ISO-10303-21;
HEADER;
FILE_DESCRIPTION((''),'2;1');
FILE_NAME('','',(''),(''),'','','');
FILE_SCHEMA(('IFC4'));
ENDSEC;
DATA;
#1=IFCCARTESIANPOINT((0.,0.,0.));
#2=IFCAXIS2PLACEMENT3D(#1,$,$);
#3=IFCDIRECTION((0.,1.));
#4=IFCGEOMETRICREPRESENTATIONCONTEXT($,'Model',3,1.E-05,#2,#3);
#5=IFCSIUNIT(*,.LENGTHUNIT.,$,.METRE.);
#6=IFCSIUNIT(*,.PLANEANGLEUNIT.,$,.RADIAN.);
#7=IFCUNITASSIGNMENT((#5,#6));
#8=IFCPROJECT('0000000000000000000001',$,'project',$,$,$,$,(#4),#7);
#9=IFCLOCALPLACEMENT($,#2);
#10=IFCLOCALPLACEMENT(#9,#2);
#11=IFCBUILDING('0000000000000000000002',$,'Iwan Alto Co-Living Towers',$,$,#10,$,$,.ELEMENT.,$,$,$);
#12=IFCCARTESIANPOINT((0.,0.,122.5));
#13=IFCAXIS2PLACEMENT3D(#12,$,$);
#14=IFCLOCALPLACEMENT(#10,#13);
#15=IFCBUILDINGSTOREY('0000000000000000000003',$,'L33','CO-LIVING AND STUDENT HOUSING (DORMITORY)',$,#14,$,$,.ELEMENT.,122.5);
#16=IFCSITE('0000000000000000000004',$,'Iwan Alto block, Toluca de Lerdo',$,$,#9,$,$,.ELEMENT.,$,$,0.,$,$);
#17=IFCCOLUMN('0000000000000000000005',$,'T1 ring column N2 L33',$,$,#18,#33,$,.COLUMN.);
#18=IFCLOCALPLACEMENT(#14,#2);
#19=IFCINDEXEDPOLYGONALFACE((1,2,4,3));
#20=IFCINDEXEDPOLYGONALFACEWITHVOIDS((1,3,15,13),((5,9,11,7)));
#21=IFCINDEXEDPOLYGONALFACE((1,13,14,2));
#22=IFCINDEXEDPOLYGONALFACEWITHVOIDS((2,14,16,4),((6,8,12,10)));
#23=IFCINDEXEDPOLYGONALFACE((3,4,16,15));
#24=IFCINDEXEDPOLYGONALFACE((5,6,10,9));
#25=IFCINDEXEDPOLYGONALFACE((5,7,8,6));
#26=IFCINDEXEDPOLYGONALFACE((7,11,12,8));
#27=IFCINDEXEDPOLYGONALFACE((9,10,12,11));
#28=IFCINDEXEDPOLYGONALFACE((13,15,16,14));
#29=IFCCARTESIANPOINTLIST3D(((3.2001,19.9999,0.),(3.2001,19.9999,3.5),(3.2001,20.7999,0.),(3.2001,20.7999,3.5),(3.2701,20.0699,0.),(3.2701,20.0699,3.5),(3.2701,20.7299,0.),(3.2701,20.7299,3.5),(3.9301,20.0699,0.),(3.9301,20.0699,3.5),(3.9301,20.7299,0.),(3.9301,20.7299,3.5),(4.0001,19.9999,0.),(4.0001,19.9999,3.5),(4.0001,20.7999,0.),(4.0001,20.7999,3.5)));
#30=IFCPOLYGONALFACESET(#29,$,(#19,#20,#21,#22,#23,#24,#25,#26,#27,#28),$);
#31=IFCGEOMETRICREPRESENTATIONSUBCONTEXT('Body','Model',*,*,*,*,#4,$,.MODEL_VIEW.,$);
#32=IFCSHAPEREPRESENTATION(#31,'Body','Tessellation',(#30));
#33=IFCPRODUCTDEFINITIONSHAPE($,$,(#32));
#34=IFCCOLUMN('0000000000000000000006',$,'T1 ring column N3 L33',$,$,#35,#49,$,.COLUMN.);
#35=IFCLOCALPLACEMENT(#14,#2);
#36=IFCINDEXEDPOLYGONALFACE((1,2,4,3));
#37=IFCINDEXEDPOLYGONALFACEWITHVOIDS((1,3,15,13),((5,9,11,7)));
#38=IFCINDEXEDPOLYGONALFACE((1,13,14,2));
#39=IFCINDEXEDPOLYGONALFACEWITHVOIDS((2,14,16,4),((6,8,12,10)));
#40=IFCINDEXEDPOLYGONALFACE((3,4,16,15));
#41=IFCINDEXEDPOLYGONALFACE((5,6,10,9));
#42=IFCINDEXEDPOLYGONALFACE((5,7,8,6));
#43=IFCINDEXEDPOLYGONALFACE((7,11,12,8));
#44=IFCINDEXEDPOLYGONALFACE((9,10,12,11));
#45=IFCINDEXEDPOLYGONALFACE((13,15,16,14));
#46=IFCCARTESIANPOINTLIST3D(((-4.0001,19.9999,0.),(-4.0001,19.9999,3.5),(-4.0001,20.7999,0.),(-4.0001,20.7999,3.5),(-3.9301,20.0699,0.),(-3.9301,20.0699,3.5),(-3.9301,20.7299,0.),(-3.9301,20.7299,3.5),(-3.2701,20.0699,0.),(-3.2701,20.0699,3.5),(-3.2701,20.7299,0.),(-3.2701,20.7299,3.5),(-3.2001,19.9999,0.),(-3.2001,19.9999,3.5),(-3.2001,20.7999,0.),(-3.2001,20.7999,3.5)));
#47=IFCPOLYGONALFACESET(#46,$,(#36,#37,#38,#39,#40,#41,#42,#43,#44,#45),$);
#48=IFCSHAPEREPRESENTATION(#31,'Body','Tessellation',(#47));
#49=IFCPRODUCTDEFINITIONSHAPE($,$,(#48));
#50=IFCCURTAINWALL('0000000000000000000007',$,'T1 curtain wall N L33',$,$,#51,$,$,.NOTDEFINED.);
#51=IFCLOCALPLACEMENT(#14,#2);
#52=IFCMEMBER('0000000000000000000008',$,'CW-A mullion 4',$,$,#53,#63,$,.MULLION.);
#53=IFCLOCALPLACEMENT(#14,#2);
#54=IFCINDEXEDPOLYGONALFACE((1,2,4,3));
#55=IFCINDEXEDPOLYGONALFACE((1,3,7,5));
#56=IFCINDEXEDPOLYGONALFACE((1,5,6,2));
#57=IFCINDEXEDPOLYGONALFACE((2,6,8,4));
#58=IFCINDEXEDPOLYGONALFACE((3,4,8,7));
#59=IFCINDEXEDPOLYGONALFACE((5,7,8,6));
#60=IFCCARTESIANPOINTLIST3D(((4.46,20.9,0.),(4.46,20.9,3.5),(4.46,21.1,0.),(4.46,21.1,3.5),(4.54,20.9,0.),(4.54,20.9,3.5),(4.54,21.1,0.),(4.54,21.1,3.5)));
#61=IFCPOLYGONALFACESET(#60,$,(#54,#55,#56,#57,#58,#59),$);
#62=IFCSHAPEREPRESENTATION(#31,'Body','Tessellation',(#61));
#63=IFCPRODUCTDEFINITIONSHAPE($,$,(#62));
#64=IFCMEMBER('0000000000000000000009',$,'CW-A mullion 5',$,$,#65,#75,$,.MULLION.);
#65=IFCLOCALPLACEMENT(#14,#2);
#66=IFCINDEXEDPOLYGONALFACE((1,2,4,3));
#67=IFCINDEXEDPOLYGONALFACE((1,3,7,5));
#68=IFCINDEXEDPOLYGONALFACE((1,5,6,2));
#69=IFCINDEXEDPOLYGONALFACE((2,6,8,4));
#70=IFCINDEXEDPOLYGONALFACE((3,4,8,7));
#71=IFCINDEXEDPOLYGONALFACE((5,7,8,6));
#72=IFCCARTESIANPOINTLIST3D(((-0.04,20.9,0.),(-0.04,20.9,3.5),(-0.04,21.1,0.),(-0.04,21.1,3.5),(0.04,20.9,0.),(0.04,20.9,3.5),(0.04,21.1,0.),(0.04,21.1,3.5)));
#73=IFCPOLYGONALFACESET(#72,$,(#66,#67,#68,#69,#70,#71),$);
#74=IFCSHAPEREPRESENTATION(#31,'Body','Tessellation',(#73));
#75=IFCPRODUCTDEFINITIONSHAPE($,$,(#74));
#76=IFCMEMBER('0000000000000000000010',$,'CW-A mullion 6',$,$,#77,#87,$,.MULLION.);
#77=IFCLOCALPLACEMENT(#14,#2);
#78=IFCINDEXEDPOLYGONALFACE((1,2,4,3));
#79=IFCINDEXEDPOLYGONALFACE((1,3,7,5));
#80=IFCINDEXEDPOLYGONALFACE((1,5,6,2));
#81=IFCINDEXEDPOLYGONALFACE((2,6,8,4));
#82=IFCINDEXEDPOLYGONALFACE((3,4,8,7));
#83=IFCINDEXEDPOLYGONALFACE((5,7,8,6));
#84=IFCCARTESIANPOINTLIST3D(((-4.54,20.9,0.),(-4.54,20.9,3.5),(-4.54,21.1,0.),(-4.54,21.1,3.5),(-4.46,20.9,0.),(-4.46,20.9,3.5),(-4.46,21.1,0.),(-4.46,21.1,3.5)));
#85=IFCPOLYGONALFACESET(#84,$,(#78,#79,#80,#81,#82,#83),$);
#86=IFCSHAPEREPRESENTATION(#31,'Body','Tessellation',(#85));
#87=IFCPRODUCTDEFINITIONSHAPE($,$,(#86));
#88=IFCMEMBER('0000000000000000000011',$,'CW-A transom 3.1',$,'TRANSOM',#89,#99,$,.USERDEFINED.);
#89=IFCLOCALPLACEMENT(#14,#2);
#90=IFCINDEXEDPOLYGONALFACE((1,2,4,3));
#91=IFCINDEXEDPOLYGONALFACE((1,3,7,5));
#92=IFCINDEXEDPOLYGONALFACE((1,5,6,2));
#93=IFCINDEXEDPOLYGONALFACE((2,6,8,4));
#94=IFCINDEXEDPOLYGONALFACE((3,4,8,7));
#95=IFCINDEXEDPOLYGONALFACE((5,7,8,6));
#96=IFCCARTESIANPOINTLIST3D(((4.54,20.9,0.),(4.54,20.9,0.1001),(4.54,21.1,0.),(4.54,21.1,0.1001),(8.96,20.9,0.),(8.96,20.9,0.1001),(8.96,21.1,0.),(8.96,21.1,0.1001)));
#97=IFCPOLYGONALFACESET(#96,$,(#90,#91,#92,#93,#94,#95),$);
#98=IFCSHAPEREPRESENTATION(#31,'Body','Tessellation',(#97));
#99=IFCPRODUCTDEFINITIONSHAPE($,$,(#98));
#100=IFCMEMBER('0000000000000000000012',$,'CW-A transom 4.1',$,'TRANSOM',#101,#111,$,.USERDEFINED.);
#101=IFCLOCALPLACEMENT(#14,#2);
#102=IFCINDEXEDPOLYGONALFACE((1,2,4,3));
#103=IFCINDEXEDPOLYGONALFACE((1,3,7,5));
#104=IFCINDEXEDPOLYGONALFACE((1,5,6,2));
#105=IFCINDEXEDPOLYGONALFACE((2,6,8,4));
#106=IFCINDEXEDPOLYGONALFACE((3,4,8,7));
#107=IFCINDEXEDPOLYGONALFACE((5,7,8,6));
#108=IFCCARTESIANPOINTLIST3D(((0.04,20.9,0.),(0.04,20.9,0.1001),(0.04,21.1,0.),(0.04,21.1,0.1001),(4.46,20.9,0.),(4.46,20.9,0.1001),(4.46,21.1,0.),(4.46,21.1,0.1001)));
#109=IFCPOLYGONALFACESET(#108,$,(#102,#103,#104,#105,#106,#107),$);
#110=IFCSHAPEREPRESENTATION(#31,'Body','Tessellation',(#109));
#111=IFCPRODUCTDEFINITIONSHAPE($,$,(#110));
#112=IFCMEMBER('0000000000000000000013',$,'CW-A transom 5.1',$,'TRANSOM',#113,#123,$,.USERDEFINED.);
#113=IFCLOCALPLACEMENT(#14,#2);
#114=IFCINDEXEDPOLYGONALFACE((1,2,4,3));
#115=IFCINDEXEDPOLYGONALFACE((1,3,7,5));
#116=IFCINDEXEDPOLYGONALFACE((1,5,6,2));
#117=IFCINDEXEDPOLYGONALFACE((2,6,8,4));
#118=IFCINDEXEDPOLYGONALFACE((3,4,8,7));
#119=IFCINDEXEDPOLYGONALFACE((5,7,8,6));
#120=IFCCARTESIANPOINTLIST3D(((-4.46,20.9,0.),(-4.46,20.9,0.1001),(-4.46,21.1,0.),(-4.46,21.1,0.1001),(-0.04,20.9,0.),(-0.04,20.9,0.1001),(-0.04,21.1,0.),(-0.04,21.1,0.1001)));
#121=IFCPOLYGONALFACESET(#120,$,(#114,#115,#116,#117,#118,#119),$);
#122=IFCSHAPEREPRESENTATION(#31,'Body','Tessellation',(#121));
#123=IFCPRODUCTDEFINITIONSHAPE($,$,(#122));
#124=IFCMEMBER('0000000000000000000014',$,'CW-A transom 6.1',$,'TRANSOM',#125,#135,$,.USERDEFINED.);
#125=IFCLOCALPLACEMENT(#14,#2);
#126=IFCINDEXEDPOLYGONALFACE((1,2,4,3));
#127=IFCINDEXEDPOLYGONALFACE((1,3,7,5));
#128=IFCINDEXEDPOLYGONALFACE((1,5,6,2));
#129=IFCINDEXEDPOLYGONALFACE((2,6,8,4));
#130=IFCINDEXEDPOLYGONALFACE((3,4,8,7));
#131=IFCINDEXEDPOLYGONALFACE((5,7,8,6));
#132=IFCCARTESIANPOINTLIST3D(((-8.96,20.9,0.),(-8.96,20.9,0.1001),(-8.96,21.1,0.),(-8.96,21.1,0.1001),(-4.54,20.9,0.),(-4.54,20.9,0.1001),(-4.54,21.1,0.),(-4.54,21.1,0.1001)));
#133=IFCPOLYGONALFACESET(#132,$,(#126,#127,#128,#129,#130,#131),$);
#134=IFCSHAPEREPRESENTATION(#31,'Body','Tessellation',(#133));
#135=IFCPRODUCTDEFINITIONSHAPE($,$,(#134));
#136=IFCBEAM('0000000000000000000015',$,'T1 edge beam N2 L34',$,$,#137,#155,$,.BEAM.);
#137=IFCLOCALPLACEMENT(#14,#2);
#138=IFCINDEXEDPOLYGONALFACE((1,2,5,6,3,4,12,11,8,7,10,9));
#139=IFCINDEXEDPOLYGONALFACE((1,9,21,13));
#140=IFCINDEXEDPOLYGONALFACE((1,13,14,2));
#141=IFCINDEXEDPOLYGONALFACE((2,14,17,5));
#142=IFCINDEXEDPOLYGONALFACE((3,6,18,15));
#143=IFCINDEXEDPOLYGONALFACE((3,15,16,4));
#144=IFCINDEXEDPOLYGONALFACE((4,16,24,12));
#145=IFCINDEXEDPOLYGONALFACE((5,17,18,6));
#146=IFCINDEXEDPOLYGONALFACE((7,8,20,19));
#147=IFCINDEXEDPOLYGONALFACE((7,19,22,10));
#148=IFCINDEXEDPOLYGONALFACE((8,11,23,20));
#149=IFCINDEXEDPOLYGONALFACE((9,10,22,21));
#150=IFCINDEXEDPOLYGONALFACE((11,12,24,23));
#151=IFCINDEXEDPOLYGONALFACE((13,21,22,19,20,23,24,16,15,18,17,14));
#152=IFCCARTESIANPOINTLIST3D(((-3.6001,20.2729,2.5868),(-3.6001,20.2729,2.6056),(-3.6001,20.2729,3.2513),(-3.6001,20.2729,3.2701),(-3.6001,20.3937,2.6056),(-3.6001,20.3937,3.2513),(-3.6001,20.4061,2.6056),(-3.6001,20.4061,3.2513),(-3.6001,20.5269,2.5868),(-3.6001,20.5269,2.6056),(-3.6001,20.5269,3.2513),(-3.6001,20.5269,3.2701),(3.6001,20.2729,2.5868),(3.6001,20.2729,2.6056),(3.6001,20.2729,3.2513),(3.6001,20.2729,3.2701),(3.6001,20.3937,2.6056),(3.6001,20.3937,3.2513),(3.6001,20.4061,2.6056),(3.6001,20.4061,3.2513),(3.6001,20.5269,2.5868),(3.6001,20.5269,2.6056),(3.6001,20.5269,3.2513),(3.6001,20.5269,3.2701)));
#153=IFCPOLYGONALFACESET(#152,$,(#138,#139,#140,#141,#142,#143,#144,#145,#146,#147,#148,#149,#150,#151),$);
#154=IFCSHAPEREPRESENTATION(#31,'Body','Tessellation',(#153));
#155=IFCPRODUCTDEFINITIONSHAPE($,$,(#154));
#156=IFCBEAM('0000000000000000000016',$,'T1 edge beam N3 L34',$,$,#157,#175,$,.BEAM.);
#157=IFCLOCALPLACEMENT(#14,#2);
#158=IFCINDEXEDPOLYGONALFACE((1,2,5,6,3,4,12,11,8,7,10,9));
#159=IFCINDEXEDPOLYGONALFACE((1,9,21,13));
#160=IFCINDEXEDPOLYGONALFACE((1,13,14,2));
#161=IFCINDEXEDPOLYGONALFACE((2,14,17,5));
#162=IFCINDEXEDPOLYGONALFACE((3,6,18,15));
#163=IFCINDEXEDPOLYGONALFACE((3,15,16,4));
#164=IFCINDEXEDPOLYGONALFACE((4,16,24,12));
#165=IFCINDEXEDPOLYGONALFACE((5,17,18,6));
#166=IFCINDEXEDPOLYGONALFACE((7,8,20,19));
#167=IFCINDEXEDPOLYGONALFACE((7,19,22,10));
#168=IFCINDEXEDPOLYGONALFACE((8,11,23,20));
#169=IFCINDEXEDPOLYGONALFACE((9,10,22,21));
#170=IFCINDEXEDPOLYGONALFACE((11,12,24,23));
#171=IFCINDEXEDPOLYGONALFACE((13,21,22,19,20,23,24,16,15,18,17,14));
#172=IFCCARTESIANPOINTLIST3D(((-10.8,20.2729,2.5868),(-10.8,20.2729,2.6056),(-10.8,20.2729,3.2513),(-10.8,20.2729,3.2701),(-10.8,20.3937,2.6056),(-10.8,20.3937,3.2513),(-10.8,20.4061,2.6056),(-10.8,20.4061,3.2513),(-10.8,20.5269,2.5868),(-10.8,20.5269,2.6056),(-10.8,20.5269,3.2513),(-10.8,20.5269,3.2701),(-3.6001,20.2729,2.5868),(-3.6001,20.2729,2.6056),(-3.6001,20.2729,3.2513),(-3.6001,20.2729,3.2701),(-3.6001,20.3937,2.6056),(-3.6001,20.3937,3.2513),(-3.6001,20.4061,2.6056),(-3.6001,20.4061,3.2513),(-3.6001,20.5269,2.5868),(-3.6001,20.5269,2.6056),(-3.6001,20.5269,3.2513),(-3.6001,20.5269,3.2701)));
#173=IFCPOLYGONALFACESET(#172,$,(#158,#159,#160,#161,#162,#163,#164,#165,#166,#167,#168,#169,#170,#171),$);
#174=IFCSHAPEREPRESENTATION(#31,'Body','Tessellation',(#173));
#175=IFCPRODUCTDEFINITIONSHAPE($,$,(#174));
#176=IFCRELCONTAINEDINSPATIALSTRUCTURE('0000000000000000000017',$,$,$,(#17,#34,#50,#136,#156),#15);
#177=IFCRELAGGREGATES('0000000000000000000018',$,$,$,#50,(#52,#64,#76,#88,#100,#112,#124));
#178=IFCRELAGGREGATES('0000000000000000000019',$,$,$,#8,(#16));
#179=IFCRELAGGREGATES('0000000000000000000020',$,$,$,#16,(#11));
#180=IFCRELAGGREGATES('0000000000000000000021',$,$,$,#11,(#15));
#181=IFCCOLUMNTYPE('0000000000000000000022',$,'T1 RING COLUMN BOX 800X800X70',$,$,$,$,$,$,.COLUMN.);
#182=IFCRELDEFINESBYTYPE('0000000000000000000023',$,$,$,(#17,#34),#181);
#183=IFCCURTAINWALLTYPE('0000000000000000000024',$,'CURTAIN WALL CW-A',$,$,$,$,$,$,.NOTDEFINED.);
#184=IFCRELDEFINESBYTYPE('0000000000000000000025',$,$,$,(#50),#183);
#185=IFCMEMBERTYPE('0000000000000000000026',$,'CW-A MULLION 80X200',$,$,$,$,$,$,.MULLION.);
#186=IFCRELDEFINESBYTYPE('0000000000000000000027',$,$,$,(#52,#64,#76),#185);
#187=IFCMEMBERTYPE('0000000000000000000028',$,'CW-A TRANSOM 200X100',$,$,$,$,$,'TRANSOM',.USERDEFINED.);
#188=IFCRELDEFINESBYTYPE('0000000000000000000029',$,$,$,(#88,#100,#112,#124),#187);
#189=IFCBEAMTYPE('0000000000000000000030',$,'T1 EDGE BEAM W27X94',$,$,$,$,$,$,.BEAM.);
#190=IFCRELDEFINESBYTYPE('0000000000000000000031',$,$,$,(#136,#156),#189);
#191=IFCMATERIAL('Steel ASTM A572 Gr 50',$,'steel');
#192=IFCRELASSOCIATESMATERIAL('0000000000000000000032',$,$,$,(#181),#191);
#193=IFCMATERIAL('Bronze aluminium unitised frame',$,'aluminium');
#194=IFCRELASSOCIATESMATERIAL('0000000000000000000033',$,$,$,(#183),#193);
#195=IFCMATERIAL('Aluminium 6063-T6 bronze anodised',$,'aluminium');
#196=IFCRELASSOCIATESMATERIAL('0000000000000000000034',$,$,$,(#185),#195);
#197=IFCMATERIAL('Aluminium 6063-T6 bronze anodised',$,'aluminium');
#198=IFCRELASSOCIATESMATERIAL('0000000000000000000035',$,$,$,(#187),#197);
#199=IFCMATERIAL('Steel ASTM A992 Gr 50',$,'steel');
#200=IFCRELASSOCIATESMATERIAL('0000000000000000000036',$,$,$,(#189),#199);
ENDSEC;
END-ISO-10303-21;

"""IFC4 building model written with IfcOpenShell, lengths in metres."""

from ifc_helpers import new_model, si_unit, direction, frame, origin, origin_2d, place, context, subcontext, project, spatial, rectangle, hollow_rectangle, i_section, extrude, material, material_profile, profile_set, type_object, element, aggregate, save


model = new_model("IFC4")

# Units and contexts
model_context = context("Model", 3, precision=1e-05, world=origin(), true_north=direction((0.0, 1.0)))
body_context = subcontext(model_context, "Body", "Model", "MODEL_VIEW")
ifc_project = project(units=[si_unit("LENGTHUNIT", "METRE"), si_unit("PLANEANGLEUNIT", "RADIAN")], contexts=[model_context])

# Site, building, storey
site_placement = place(None, origin())
site = spatial("IfcSite", under=ifc_project, at=site_placement, Name="Iwan Alto block, Toluca de Lerdo", CompositionType="ELEMENT", RefElevation=0.0)
building_placement = place(site_placement, origin())
building = spatial("IfcBuilding", under=site, at=building_placement, Name="Iwan Alto Co-Living Towers", CompositionType="ELEMENT")
storey_placement = place(building_placement, frame((0.0, 0.0, 122.5)))
storey = spatial("IfcBuildingStorey", under=building, at=storey_placement, Name="L33", Description="CO-LIVING AND STUDENT HOUSING (DORMITORY)", CompositionType="ELEMENT", Elevation=122.5)

# Columns
ifc_material_1 = material(Name="Steel ASTM A572 Gr 50", Category="steel")
ifc_material_profile_1 = material_profile(ifc_material_1, hollow_rectangle(XDim=0.8, YDim=0.8, WallThickness=0.0701, at=origin_2d()), Name="BOX 800X800X70")
ifc_profile_set_1 = profile_set([ifc_material_profile_1], Name="Steel ASTM A572 Gr 50")
column_type = type_object("IfcColumnType", Name="T1 RING COLUMN BOX 800X800X70", PredefinedType="COLUMN", material=ifc_profile_set_1)
for number, where, z_axis, x_axis, name in (
    (1, (3.6001, 20.3999, 0.0), (0.0, 0.0, 1.0), (1.0, 0.0, 0.0), "T1 ring column N2 L33"),
    (2, (-3.6001, 20.3999, 0.0), (0.0, 0.0, 1.0), (1.0, 0.0, 0.0), "T1 ring column N3 L33"),
):
    element("IfcColumn", number, at=place(storey_placement, frame(where, z_axis=z_axis, x_axis=x_axis)), inside=storey, type_object=column_type, Name=name, PredefinedType="COLUMN", context=body_context, shape_type="SweptSolid", body=[
        extrude(hollow_rectangle(XDim=0.8, YDim=0.8, WallThickness=0.0701, at=origin_2d()), origin(), (0.0, 0.0, 1.0), 3.5),
    ])

# Curtain wall, members
ifc_material_2 = material(Name="Bronze aluminium unitised frame", Category="aluminium")
curtain_wall_type = type_object("IfcCurtainWallType", Name="CURTAIN WALL CW-A", PredefinedType="NOTDEFINED", material=ifc_material_2)
curtain_wall_placement = place(storey_placement, origin())
curtain_wall = element("IfcCurtainWall", 3, at=curtain_wall_placement, inside=storey, type_object=curtain_wall_type, Name="T1 curtain wall N L33", PredefinedType="NOTDEFINED")
ifc_material_3 = material(Name="Aluminium 6063-T6 bronze anodised", Category="aluminium")
ifc_material_profile_2 = material_profile(ifc_material_3, rectangle(XDim=0.2, YDim=0.0801, at=origin_2d()), Name="AL 80X200")
ifc_profile_set_2 = profile_set([ifc_material_profile_2], Name="Aluminium 6063-T6 bronze anodised")
member_type_1 = type_object("IfcMemberType", Name="CW-A MULLION 80X200", PredefinedType="MULLION", material=ifc_profile_set_2)
member_1_placement = place(storey_placement, frame((4.5, 21.0, 0.0), z_axis=(0.0, 0.0, 1.0), x_axis=(0.0, -1.0, 0.0)))
member_1 = element("IfcMember", 4, at=member_1_placement, type_object=member_type_1, Name="CW-A mullion 4", PredefinedType="MULLION", context=body_context, shape_type="SweptSolid", body=[
    extrude(rectangle(XDim=0.2, YDim=0.0801, at=origin_2d()), origin(), (0.0, 0.0, 1.0), 3.5),
])
member_2_placement = place(storey_placement, frame((0.0, 21.0, 0.0), z_axis=(0.0, 0.0, 1.0), x_axis=(0.0, -1.0, 0.0)))
member_2 = element("IfcMember", 5, at=member_2_placement, type_object=member_type_1, Name="CW-A mullion 5", PredefinedType="MULLION", context=body_context, shape_type="SweptSolid", body=[
    extrude(rectangle(XDim=0.2, YDim=0.0801, at=origin_2d()), origin(), (0.0, 0.0, 1.0), 3.5),
])
member_3_placement = place(storey_placement, frame((-4.5, 21.0, 0.0), z_axis=(0.0, 0.0, 1.0), x_axis=(0.0, -1.0, 0.0)))
member_3 = element("IfcMember", 6, at=member_3_placement, type_object=member_type_1, Name="CW-A mullion 6", PredefinedType="MULLION", context=body_context, shape_type="SweptSolid", body=[
    extrude(rectangle(XDim=0.2, YDim=0.0801, at=origin_2d()), origin(), (0.0, 0.0, 1.0), 3.5),
])
ifc_material_4 = material(Name="Aluminium 6063-T6 bronze anodised", Category="aluminium")
ifc_material_profile_3 = material_profile(ifc_material_4, rectangle(XDim=0.2, YDim=0.1001, at=origin_2d()), Name="AL 200X100")
ifc_profile_set_3 = profile_set([ifc_material_profile_3], Name="Aluminium 6063-T6 bronze anodised")
member_type_2 = type_object("IfcMemberType", Name="CW-A TRANSOM 200X100", ElementType="TRANSOM", PredefinedType="USERDEFINED", material=ifc_profile_set_3)
member_4_placement = place(storey_placement, frame((8.96, 21.0, 0.05), z_axis=(-1.0, 0.0, 0.0), x_axis=(0.0, -1.0, 0.0)))
member_4 = element("IfcMember", 7, at=member_4_placement, type_object=member_type_2, Name="CW-A transom 3.1", ObjectType="TRANSOM", PredefinedType="USERDEFINED", context=body_context, shape_type="SweptSolid", body=[
    extrude(rectangle(XDim=0.2, YDim=0.1001, at=origin_2d()), origin(), (0.0, 0.0, 1.0), 4.4199),
])
member_5_placement = place(storey_placement, frame((4.46, 21.0, 0.05), z_axis=(-1.0, 0.0, 0.0), x_axis=(0.0, -1.0, 0.0)))
member_5 = element("IfcMember", 8, at=member_5_placement, type_object=member_type_2, Name="CW-A transom 4.1", ObjectType="TRANSOM", PredefinedType="USERDEFINED", context=body_context, shape_type="SweptSolid", body=[
    extrude(rectangle(XDim=0.2, YDim=0.1001, at=origin_2d()), origin(), (0.0, 0.0, 1.0), 4.4199),
])
member_6_placement = place(storey_placement, frame((-0.04, 21.0, 0.05), z_axis=(-1.0, 0.0, 0.0), x_axis=(0.0, -1.0, 0.0)))
member_6 = element("IfcMember", 9, at=member_6_placement, type_object=member_type_2, Name="CW-A transom 5.1", ObjectType="TRANSOM", PredefinedType="USERDEFINED", context=body_context, shape_type="SweptSolid", body=[
    extrude(rectangle(XDim=0.2, YDim=0.1001, at=origin_2d()), origin(), (0.0, 0.0, 1.0), 4.4199),
])
member_7_placement = place(storey_placement, frame((-4.54, 21.0, 0.05), z_axis=(-1.0, 0.0, 0.0), x_axis=(0.0, -1.0, 0.0)))
member_7 = element("IfcMember", 10, at=member_7_placement, type_object=member_type_2, Name="CW-A transom 6.1", ObjectType="TRANSOM", PredefinedType="USERDEFINED", context=body_context, shape_type="SweptSolid", body=[
    extrude(rectangle(XDim=0.2, YDim=0.1001, at=origin_2d()), origin(), (0.0, 0.0, 1.0), 4.4199),
])

# Beams
ifc_material_5 = material(Name="Steel ASTM A992 Gr 50", Category="steel")
ifc_material_profile_4 = material_profile(ifc_material_5, i_section(OverallWidth=0.2539, OverallDepth=0.6833, WebThickness=0.0125, FlangeThickness=0.0188, at=origin_2d()), Name="W27X94")
ifc_profile_set_4 = profile_set([ifc_material_profile_4], Name="Steel ASTM A992 Gr 50")
beam_type_1 = type_object("IfcBeamType", Name="T1 EDGE BEAM W27X94", PredefinedType="BEAM", material=ifc_profile_set_4)
beam_1_placement = place(storey_placement, frame((3.6001, 20.3999, 2.9285), z_axis=(-1.0, 0.0, 0.0), x_axis=(0.0, -1.0, 0.0)))
element("IfcBeam", 11, at=beam_1_placement, inside=storey, type_object=beam_type_1, Name="T1 edge beam N2 L34", PredefinedType="BEAM", context=body_context, shape_type="SweptSolid", body=[
    extrude(i_section(OverallWidth=0.2539, OverallDepth=0.6833, WebThickness=0.0125, FlangeThickness=0.0188, at=origin_2d()), origin(), (0.0, 0.0, 1.0), 7.2002),
])
beam_2_placement = place(storey_placement, frame((-3.6001, 20.3999, 2.9285), z_axis=(-1.0, 0.0, 0.0), x_axis=(0.0, -1.0, 0.0)))
element("IfcBeam", 12, at=beam_2_placement, inside=storey, type_object=beam_type_1, Name="T1 edge beam N3 L34", PredefinedType="BEAM", context=body_context, shape_type="SweptSolid", body=[
    extrude(i_section(OverallWidth=0.2539, OverallDepth=0.6833, WebThickness=0.0125, FlangeThickness=0.0188, at=origin_2d()), origin(), (0.0, 0.0, 1.0), 7.2),
])

aggregate(curtain_wall, [member_1, member_2, member_3, member_4, member_5, member_6, member_7])

save(model, "model.ifc")
